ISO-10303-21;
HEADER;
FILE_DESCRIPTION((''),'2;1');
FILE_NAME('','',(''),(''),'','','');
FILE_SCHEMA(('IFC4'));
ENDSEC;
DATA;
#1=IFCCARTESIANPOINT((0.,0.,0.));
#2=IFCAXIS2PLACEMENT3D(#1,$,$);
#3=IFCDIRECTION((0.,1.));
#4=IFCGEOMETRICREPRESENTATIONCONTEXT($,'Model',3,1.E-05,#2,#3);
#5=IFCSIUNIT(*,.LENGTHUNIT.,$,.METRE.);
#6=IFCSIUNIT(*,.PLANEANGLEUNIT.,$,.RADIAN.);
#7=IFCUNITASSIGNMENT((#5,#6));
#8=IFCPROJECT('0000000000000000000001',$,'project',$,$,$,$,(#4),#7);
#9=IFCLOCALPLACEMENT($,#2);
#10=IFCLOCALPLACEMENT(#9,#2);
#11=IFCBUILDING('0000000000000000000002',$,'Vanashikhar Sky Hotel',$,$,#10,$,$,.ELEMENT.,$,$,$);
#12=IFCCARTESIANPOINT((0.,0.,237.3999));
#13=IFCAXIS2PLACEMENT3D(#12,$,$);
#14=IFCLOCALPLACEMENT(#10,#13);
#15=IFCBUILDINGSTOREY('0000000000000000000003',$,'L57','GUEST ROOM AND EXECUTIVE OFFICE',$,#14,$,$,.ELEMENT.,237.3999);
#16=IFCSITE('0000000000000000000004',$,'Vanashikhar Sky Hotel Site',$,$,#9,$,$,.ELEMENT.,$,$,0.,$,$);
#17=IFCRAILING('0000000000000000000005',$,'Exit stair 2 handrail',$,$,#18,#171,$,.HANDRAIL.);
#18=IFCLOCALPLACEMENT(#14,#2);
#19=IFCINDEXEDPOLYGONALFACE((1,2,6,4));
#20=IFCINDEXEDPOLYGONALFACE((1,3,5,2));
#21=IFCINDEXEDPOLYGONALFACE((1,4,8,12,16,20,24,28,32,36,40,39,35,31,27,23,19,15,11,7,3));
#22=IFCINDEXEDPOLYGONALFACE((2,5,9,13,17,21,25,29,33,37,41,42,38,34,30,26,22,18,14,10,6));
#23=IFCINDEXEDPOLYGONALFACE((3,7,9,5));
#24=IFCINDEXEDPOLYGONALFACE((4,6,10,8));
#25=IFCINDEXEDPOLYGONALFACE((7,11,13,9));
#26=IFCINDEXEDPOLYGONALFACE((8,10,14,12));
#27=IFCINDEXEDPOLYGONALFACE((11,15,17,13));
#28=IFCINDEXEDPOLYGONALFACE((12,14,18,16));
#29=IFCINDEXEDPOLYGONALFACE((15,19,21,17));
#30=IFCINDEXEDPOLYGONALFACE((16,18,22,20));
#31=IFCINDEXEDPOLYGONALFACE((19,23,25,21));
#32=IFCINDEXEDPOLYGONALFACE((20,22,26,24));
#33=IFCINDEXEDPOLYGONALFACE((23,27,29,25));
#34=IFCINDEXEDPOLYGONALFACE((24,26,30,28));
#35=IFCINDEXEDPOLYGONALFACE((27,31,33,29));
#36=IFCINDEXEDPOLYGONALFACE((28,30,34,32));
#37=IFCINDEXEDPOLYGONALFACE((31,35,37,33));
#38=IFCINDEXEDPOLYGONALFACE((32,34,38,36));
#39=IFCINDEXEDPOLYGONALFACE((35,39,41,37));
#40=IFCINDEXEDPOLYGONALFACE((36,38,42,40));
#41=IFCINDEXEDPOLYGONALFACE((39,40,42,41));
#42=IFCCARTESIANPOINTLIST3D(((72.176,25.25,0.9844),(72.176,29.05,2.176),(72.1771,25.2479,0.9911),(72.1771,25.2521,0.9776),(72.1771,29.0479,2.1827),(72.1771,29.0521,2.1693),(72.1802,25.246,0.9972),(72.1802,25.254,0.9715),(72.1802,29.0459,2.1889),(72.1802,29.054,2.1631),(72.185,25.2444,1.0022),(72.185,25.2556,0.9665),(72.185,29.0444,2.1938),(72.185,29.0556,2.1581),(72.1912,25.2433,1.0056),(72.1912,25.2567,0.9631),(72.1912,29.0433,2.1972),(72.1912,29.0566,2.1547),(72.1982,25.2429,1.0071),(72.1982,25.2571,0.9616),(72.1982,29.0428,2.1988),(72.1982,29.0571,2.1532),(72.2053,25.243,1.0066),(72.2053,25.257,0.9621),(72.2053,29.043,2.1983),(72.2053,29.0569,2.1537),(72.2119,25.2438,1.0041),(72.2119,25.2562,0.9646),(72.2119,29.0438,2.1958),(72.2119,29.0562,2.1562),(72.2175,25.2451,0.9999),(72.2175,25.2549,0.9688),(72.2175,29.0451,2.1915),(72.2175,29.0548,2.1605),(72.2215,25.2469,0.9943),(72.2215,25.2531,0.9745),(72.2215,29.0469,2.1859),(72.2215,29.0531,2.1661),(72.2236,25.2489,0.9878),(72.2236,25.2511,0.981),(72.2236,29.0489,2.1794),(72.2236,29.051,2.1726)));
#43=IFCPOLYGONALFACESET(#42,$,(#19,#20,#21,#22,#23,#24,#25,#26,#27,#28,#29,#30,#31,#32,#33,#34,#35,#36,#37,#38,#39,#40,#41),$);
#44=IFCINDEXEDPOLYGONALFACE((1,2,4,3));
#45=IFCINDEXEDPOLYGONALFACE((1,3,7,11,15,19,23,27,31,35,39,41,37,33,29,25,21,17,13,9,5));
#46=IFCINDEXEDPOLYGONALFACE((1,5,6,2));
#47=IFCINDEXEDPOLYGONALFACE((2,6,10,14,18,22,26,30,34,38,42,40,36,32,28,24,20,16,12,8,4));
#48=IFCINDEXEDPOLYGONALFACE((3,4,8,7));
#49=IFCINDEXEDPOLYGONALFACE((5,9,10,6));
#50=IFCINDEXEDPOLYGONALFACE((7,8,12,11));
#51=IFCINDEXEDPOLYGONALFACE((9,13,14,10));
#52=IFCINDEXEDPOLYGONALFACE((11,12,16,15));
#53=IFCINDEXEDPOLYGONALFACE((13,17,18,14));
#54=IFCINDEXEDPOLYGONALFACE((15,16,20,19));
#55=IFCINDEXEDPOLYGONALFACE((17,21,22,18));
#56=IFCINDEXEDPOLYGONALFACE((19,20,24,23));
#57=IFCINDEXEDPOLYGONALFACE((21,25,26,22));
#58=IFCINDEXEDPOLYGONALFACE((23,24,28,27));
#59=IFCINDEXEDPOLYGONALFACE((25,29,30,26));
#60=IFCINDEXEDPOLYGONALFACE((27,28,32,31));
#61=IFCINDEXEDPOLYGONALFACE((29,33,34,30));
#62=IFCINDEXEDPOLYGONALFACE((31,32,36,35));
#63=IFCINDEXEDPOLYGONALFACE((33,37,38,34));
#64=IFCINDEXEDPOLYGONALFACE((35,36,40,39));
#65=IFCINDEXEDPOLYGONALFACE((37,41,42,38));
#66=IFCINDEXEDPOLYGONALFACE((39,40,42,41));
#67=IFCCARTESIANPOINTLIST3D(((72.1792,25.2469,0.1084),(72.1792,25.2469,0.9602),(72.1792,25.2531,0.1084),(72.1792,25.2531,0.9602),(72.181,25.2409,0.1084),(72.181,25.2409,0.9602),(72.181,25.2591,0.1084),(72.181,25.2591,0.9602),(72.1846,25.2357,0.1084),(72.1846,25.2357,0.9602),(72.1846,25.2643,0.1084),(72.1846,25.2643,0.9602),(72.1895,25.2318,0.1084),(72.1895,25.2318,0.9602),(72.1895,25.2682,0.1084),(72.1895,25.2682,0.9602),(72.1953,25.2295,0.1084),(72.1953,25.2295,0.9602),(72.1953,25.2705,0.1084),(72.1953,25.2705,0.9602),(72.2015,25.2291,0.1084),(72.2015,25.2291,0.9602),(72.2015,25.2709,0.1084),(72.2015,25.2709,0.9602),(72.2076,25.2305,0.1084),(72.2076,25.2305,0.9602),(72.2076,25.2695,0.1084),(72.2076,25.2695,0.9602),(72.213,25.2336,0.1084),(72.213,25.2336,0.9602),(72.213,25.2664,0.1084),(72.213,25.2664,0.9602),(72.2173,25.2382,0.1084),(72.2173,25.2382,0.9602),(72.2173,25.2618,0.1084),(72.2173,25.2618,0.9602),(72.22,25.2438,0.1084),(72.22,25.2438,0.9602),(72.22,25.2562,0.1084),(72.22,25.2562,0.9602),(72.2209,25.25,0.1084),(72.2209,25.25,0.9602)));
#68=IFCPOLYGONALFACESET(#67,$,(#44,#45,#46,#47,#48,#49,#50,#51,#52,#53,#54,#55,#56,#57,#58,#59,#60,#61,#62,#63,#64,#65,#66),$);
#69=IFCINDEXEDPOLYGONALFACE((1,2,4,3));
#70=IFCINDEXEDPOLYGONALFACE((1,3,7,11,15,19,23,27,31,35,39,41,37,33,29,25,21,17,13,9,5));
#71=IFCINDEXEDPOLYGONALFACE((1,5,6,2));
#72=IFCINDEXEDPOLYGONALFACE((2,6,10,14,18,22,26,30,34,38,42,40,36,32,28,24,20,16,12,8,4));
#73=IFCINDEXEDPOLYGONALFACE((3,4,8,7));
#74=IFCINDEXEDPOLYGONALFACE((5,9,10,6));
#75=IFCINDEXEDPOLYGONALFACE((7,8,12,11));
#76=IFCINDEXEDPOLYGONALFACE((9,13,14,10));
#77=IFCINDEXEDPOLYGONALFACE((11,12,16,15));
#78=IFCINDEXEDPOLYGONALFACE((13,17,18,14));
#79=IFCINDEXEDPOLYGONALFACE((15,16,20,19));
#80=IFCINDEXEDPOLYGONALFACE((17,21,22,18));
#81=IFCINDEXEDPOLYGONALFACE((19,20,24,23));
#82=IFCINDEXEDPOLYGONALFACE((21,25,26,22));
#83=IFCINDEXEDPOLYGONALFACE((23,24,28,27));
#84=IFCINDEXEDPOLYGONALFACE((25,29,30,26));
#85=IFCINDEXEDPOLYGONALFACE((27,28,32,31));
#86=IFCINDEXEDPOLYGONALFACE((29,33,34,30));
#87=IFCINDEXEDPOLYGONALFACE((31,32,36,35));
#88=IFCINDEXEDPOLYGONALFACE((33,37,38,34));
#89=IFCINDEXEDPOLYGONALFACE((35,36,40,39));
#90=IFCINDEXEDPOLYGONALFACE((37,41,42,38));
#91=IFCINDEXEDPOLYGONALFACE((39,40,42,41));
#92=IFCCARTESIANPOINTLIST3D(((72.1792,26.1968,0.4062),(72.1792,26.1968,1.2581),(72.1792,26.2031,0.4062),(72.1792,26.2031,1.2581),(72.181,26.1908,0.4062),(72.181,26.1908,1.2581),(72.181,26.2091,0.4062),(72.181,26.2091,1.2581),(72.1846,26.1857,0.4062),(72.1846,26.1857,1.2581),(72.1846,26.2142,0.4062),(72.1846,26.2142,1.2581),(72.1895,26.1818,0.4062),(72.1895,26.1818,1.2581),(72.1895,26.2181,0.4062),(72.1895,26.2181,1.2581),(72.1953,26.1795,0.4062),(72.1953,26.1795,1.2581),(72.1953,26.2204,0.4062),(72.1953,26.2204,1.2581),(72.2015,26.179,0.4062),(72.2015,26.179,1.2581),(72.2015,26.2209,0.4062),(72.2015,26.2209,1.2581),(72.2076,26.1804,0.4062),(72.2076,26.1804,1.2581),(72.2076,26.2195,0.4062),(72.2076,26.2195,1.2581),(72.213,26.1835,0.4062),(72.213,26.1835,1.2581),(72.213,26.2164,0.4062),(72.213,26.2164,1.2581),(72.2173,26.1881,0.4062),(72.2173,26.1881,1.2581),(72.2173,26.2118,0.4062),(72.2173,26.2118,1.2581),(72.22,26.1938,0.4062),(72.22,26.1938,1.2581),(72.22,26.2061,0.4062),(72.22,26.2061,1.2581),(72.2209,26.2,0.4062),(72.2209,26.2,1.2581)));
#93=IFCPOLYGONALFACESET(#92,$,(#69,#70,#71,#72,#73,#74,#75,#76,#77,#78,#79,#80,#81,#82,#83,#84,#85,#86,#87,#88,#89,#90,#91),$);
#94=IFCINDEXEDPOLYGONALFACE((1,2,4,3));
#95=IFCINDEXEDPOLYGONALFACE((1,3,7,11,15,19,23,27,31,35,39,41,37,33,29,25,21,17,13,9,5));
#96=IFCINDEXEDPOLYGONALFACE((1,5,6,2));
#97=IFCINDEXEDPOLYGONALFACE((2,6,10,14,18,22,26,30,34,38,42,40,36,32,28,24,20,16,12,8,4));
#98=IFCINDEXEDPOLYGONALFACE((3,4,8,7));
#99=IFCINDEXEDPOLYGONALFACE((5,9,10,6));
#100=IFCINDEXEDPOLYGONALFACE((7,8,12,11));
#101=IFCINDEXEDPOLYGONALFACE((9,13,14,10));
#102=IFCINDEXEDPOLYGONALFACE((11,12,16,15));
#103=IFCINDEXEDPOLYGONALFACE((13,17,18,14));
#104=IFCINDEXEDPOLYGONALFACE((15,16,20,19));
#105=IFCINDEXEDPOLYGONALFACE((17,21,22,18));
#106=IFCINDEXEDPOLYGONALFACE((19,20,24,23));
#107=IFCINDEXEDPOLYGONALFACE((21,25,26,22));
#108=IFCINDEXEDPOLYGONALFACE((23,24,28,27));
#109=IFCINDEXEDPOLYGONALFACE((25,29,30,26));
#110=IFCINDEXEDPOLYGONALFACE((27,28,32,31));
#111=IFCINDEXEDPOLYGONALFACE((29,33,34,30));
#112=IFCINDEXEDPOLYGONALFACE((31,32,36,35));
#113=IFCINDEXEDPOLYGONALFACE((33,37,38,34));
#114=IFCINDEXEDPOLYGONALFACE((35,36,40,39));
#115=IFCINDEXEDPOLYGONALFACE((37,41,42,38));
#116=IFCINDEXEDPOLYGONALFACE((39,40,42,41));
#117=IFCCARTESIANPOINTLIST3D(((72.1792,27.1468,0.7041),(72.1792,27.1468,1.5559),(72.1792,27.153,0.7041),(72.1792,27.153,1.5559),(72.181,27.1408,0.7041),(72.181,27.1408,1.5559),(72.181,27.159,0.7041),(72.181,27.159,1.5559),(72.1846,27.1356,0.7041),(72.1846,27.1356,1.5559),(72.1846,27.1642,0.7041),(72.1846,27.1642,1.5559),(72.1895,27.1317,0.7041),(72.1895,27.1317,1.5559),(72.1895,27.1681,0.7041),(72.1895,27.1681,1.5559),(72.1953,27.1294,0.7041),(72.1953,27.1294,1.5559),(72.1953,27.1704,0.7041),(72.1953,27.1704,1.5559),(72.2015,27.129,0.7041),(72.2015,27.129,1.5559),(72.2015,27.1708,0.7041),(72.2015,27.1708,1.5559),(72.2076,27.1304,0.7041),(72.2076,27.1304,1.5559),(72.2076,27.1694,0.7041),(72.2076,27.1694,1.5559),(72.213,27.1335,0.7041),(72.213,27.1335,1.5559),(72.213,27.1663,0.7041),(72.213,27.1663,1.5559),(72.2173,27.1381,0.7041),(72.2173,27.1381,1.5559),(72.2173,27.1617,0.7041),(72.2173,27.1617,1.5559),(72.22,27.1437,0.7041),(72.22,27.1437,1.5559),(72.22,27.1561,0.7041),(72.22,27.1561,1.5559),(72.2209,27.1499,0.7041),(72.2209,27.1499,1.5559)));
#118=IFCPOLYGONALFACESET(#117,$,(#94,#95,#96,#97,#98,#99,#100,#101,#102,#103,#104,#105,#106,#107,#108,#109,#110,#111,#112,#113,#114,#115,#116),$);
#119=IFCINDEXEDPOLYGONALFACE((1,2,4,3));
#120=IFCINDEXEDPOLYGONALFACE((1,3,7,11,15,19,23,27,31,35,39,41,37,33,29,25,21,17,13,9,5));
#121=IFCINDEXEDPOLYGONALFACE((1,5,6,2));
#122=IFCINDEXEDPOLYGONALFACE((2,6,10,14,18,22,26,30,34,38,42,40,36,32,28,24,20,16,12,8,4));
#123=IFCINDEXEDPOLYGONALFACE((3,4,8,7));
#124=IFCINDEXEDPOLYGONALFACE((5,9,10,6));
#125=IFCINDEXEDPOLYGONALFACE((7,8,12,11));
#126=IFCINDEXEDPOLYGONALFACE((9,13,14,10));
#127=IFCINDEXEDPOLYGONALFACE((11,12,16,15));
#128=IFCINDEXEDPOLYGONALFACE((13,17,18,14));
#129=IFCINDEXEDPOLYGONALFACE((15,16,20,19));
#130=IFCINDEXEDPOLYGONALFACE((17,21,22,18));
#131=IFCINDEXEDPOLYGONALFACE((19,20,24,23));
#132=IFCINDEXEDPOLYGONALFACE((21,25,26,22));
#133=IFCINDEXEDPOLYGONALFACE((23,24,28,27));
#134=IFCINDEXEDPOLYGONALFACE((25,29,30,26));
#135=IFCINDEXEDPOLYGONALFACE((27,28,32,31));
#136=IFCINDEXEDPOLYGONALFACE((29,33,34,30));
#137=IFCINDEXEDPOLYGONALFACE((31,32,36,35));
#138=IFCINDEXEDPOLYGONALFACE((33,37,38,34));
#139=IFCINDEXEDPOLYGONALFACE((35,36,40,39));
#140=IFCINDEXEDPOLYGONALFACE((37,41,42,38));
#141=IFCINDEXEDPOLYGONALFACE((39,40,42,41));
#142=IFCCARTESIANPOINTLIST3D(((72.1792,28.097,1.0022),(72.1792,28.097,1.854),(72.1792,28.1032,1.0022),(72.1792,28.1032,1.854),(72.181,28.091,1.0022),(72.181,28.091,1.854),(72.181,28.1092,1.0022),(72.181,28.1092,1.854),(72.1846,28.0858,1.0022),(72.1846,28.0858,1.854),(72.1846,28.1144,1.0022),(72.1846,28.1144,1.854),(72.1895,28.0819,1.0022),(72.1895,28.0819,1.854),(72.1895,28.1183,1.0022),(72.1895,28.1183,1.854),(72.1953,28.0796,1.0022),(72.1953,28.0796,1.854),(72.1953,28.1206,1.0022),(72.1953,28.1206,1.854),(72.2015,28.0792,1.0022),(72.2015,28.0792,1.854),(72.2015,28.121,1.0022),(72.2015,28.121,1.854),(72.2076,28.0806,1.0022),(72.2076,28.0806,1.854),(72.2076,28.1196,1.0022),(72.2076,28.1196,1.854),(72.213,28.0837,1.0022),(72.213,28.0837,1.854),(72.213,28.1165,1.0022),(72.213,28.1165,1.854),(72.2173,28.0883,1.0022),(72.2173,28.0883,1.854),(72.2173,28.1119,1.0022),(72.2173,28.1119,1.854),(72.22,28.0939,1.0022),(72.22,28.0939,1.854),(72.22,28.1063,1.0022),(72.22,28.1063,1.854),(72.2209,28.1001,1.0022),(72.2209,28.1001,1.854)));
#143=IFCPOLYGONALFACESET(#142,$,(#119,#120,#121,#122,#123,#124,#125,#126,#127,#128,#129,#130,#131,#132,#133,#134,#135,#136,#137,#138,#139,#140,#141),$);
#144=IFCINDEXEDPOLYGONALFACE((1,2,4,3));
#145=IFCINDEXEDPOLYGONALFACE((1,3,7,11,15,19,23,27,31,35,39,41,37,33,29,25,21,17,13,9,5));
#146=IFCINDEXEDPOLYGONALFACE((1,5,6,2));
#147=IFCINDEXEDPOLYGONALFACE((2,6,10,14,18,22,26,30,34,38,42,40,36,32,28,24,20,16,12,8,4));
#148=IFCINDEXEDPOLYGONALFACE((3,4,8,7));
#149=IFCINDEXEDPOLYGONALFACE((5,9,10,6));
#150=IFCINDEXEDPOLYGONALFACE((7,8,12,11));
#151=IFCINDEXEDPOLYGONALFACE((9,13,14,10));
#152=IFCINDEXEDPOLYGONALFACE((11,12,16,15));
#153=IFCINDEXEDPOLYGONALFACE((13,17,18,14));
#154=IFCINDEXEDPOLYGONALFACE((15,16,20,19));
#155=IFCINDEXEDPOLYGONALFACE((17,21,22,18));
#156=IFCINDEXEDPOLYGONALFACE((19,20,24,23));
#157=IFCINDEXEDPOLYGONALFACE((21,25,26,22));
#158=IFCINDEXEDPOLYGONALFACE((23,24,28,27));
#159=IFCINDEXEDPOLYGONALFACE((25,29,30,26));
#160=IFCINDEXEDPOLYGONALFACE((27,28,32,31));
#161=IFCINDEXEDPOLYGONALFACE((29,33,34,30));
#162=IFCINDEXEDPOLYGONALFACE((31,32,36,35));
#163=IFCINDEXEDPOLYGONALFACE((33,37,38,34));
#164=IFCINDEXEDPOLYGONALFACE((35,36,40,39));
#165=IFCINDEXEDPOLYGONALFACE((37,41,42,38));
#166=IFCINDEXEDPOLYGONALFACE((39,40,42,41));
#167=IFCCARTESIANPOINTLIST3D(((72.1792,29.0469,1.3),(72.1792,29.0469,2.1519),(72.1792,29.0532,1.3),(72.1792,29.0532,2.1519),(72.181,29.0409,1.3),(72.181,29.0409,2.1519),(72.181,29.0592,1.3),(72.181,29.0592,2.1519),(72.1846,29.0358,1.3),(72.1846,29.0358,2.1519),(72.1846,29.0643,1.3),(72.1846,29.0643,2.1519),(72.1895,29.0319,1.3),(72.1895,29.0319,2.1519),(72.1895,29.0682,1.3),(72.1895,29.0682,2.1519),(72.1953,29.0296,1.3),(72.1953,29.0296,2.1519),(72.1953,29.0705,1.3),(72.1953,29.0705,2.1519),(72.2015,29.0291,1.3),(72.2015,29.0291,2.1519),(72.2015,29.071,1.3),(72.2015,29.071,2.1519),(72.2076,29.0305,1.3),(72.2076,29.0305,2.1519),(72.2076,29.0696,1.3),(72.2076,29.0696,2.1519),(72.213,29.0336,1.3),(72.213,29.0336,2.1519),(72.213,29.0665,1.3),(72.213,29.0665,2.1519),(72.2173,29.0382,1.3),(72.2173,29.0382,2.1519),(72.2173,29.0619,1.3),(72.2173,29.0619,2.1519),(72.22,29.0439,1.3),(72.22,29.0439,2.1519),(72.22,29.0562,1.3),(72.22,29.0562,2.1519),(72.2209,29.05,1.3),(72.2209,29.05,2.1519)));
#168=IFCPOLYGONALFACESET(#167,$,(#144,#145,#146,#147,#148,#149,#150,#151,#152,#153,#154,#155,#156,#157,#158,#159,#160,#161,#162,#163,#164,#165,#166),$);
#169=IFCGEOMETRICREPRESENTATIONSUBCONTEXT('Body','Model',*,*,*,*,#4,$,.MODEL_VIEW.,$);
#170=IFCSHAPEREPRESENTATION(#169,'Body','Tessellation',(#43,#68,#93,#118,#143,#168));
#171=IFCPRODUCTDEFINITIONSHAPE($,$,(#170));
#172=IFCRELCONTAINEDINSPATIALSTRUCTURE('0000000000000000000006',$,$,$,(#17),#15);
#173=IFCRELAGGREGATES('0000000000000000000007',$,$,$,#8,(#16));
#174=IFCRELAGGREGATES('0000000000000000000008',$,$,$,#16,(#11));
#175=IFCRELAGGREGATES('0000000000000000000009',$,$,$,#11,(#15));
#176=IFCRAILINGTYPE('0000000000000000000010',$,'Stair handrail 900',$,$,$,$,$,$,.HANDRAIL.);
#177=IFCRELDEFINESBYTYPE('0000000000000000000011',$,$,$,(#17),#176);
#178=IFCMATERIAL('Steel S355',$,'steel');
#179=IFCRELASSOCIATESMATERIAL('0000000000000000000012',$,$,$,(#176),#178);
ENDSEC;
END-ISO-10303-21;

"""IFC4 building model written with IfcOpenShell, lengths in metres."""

from ifc_helpers import new_model, si_unit, direction, frame, origin, origin_2d, place, context, subcontext, project, spatial, circle, extrude, source, transform, mapped, material, type_object, element, save


model = new_model("IFC4")

# Units and contexts
model_context = context("Model", 3, precision=1e-05, world=origin(), true_north=direction((0.0, 1.0)))
body_context = subcontext(model_context, "Body", "Model", "MODEL_VIEW")
ifc_project = project(units=[si_unit("LENGTHUNIT", "METRE"), si_unit("PLANEANGLEUNIT", "RADIAN")], contexts=[model_context])

# Site, building, storey
site_placement = place(None, origin())
site = spatial("IfcSite", under=ifc_project, at=site_placement, Name="Vanashikhar Sky Hotel Site", CompositionType="ELEMENT", RefElevation=0.0)
building_placement = place(site_placement, origin())
building = spatial("IfcBuilding", under=site, at=building_placement, Name="Vanashikhar Sky Hotel", CompositionType="ELEMENT")
storey_placement = place(building_placement, frame((0.0, 0.0, 237.3999)))
storey = spatial("IfcBuildingStorey", under=building, at=storey_placement, Name="L57", Description="GUEST ROOM AND EXECUTIVE OFFICE", CompositionType="ELEMENT", Elevation=237.3999)

# Railing
ifc_material_1 = material(Name="Steel S355", Category="steel")
railing_type_1 = type_object("IfcRailingType", Name="Stair handrail 900", PredefinedType="HANDRAIL", material=ifc_material_1)
shared_shape_1 = source(origin(), body_context, "Body", "SweptSolid", [
    extrude(circle(Radius=0.0239, at=origin_2d()), frame((0.0, 0.0, 0.876), z_axis=(0.0, 0.954184, 0.299221), x_axis=(-1.0, 0.0, 0.0)), (0.0, 0.0, 1.0), 3.9824),
    extrude(circle(Radius=0.021, at=origin_2d()), origin(), (0.0, 0.0, 1.0), 0.8518),
    extrude(circle(Radius=0.021, at=origin_2d()), frame((0.0, 0.95, 0.2979)), (0.0, 0.0, 1.0), 0.8518),
    extrude(circle(Radius=0.021, at=origin_2d()), frame((0.0, 1.8999, 0.5957)), (0.0, 0.0, 1.0), 0.8518),
    extrude(circle(Radius=0.021, at=origin_2d()), frame((0.0, 2.8501, 0.8938)), (0.0, 0.0, 1.0), 0.8518),
    extrude(circle(Radius=0.021, at=origin_2d()), frame((0.0, 3.8, 1.1917)), (0.0, 0.0, 1.0), 0.8518),
])
for number, where, name in (
    (1, (72.2, 25.25, 0.1084), "Exit stair 2 handrail"),
):
    element("IfcRailing", number, at=place(storey_placement, frame(where)), inside=storey, type_object=railing_type_1, Name=name, PredefinedType="HANDRAIL", context=body_context, shape_type="MappedRepresentation", body=[
        mapped(shared_shape_1, transform((0.0, 0.0, 0.0), scale=1.0)),
    ])

save(model, "model.ifc")
